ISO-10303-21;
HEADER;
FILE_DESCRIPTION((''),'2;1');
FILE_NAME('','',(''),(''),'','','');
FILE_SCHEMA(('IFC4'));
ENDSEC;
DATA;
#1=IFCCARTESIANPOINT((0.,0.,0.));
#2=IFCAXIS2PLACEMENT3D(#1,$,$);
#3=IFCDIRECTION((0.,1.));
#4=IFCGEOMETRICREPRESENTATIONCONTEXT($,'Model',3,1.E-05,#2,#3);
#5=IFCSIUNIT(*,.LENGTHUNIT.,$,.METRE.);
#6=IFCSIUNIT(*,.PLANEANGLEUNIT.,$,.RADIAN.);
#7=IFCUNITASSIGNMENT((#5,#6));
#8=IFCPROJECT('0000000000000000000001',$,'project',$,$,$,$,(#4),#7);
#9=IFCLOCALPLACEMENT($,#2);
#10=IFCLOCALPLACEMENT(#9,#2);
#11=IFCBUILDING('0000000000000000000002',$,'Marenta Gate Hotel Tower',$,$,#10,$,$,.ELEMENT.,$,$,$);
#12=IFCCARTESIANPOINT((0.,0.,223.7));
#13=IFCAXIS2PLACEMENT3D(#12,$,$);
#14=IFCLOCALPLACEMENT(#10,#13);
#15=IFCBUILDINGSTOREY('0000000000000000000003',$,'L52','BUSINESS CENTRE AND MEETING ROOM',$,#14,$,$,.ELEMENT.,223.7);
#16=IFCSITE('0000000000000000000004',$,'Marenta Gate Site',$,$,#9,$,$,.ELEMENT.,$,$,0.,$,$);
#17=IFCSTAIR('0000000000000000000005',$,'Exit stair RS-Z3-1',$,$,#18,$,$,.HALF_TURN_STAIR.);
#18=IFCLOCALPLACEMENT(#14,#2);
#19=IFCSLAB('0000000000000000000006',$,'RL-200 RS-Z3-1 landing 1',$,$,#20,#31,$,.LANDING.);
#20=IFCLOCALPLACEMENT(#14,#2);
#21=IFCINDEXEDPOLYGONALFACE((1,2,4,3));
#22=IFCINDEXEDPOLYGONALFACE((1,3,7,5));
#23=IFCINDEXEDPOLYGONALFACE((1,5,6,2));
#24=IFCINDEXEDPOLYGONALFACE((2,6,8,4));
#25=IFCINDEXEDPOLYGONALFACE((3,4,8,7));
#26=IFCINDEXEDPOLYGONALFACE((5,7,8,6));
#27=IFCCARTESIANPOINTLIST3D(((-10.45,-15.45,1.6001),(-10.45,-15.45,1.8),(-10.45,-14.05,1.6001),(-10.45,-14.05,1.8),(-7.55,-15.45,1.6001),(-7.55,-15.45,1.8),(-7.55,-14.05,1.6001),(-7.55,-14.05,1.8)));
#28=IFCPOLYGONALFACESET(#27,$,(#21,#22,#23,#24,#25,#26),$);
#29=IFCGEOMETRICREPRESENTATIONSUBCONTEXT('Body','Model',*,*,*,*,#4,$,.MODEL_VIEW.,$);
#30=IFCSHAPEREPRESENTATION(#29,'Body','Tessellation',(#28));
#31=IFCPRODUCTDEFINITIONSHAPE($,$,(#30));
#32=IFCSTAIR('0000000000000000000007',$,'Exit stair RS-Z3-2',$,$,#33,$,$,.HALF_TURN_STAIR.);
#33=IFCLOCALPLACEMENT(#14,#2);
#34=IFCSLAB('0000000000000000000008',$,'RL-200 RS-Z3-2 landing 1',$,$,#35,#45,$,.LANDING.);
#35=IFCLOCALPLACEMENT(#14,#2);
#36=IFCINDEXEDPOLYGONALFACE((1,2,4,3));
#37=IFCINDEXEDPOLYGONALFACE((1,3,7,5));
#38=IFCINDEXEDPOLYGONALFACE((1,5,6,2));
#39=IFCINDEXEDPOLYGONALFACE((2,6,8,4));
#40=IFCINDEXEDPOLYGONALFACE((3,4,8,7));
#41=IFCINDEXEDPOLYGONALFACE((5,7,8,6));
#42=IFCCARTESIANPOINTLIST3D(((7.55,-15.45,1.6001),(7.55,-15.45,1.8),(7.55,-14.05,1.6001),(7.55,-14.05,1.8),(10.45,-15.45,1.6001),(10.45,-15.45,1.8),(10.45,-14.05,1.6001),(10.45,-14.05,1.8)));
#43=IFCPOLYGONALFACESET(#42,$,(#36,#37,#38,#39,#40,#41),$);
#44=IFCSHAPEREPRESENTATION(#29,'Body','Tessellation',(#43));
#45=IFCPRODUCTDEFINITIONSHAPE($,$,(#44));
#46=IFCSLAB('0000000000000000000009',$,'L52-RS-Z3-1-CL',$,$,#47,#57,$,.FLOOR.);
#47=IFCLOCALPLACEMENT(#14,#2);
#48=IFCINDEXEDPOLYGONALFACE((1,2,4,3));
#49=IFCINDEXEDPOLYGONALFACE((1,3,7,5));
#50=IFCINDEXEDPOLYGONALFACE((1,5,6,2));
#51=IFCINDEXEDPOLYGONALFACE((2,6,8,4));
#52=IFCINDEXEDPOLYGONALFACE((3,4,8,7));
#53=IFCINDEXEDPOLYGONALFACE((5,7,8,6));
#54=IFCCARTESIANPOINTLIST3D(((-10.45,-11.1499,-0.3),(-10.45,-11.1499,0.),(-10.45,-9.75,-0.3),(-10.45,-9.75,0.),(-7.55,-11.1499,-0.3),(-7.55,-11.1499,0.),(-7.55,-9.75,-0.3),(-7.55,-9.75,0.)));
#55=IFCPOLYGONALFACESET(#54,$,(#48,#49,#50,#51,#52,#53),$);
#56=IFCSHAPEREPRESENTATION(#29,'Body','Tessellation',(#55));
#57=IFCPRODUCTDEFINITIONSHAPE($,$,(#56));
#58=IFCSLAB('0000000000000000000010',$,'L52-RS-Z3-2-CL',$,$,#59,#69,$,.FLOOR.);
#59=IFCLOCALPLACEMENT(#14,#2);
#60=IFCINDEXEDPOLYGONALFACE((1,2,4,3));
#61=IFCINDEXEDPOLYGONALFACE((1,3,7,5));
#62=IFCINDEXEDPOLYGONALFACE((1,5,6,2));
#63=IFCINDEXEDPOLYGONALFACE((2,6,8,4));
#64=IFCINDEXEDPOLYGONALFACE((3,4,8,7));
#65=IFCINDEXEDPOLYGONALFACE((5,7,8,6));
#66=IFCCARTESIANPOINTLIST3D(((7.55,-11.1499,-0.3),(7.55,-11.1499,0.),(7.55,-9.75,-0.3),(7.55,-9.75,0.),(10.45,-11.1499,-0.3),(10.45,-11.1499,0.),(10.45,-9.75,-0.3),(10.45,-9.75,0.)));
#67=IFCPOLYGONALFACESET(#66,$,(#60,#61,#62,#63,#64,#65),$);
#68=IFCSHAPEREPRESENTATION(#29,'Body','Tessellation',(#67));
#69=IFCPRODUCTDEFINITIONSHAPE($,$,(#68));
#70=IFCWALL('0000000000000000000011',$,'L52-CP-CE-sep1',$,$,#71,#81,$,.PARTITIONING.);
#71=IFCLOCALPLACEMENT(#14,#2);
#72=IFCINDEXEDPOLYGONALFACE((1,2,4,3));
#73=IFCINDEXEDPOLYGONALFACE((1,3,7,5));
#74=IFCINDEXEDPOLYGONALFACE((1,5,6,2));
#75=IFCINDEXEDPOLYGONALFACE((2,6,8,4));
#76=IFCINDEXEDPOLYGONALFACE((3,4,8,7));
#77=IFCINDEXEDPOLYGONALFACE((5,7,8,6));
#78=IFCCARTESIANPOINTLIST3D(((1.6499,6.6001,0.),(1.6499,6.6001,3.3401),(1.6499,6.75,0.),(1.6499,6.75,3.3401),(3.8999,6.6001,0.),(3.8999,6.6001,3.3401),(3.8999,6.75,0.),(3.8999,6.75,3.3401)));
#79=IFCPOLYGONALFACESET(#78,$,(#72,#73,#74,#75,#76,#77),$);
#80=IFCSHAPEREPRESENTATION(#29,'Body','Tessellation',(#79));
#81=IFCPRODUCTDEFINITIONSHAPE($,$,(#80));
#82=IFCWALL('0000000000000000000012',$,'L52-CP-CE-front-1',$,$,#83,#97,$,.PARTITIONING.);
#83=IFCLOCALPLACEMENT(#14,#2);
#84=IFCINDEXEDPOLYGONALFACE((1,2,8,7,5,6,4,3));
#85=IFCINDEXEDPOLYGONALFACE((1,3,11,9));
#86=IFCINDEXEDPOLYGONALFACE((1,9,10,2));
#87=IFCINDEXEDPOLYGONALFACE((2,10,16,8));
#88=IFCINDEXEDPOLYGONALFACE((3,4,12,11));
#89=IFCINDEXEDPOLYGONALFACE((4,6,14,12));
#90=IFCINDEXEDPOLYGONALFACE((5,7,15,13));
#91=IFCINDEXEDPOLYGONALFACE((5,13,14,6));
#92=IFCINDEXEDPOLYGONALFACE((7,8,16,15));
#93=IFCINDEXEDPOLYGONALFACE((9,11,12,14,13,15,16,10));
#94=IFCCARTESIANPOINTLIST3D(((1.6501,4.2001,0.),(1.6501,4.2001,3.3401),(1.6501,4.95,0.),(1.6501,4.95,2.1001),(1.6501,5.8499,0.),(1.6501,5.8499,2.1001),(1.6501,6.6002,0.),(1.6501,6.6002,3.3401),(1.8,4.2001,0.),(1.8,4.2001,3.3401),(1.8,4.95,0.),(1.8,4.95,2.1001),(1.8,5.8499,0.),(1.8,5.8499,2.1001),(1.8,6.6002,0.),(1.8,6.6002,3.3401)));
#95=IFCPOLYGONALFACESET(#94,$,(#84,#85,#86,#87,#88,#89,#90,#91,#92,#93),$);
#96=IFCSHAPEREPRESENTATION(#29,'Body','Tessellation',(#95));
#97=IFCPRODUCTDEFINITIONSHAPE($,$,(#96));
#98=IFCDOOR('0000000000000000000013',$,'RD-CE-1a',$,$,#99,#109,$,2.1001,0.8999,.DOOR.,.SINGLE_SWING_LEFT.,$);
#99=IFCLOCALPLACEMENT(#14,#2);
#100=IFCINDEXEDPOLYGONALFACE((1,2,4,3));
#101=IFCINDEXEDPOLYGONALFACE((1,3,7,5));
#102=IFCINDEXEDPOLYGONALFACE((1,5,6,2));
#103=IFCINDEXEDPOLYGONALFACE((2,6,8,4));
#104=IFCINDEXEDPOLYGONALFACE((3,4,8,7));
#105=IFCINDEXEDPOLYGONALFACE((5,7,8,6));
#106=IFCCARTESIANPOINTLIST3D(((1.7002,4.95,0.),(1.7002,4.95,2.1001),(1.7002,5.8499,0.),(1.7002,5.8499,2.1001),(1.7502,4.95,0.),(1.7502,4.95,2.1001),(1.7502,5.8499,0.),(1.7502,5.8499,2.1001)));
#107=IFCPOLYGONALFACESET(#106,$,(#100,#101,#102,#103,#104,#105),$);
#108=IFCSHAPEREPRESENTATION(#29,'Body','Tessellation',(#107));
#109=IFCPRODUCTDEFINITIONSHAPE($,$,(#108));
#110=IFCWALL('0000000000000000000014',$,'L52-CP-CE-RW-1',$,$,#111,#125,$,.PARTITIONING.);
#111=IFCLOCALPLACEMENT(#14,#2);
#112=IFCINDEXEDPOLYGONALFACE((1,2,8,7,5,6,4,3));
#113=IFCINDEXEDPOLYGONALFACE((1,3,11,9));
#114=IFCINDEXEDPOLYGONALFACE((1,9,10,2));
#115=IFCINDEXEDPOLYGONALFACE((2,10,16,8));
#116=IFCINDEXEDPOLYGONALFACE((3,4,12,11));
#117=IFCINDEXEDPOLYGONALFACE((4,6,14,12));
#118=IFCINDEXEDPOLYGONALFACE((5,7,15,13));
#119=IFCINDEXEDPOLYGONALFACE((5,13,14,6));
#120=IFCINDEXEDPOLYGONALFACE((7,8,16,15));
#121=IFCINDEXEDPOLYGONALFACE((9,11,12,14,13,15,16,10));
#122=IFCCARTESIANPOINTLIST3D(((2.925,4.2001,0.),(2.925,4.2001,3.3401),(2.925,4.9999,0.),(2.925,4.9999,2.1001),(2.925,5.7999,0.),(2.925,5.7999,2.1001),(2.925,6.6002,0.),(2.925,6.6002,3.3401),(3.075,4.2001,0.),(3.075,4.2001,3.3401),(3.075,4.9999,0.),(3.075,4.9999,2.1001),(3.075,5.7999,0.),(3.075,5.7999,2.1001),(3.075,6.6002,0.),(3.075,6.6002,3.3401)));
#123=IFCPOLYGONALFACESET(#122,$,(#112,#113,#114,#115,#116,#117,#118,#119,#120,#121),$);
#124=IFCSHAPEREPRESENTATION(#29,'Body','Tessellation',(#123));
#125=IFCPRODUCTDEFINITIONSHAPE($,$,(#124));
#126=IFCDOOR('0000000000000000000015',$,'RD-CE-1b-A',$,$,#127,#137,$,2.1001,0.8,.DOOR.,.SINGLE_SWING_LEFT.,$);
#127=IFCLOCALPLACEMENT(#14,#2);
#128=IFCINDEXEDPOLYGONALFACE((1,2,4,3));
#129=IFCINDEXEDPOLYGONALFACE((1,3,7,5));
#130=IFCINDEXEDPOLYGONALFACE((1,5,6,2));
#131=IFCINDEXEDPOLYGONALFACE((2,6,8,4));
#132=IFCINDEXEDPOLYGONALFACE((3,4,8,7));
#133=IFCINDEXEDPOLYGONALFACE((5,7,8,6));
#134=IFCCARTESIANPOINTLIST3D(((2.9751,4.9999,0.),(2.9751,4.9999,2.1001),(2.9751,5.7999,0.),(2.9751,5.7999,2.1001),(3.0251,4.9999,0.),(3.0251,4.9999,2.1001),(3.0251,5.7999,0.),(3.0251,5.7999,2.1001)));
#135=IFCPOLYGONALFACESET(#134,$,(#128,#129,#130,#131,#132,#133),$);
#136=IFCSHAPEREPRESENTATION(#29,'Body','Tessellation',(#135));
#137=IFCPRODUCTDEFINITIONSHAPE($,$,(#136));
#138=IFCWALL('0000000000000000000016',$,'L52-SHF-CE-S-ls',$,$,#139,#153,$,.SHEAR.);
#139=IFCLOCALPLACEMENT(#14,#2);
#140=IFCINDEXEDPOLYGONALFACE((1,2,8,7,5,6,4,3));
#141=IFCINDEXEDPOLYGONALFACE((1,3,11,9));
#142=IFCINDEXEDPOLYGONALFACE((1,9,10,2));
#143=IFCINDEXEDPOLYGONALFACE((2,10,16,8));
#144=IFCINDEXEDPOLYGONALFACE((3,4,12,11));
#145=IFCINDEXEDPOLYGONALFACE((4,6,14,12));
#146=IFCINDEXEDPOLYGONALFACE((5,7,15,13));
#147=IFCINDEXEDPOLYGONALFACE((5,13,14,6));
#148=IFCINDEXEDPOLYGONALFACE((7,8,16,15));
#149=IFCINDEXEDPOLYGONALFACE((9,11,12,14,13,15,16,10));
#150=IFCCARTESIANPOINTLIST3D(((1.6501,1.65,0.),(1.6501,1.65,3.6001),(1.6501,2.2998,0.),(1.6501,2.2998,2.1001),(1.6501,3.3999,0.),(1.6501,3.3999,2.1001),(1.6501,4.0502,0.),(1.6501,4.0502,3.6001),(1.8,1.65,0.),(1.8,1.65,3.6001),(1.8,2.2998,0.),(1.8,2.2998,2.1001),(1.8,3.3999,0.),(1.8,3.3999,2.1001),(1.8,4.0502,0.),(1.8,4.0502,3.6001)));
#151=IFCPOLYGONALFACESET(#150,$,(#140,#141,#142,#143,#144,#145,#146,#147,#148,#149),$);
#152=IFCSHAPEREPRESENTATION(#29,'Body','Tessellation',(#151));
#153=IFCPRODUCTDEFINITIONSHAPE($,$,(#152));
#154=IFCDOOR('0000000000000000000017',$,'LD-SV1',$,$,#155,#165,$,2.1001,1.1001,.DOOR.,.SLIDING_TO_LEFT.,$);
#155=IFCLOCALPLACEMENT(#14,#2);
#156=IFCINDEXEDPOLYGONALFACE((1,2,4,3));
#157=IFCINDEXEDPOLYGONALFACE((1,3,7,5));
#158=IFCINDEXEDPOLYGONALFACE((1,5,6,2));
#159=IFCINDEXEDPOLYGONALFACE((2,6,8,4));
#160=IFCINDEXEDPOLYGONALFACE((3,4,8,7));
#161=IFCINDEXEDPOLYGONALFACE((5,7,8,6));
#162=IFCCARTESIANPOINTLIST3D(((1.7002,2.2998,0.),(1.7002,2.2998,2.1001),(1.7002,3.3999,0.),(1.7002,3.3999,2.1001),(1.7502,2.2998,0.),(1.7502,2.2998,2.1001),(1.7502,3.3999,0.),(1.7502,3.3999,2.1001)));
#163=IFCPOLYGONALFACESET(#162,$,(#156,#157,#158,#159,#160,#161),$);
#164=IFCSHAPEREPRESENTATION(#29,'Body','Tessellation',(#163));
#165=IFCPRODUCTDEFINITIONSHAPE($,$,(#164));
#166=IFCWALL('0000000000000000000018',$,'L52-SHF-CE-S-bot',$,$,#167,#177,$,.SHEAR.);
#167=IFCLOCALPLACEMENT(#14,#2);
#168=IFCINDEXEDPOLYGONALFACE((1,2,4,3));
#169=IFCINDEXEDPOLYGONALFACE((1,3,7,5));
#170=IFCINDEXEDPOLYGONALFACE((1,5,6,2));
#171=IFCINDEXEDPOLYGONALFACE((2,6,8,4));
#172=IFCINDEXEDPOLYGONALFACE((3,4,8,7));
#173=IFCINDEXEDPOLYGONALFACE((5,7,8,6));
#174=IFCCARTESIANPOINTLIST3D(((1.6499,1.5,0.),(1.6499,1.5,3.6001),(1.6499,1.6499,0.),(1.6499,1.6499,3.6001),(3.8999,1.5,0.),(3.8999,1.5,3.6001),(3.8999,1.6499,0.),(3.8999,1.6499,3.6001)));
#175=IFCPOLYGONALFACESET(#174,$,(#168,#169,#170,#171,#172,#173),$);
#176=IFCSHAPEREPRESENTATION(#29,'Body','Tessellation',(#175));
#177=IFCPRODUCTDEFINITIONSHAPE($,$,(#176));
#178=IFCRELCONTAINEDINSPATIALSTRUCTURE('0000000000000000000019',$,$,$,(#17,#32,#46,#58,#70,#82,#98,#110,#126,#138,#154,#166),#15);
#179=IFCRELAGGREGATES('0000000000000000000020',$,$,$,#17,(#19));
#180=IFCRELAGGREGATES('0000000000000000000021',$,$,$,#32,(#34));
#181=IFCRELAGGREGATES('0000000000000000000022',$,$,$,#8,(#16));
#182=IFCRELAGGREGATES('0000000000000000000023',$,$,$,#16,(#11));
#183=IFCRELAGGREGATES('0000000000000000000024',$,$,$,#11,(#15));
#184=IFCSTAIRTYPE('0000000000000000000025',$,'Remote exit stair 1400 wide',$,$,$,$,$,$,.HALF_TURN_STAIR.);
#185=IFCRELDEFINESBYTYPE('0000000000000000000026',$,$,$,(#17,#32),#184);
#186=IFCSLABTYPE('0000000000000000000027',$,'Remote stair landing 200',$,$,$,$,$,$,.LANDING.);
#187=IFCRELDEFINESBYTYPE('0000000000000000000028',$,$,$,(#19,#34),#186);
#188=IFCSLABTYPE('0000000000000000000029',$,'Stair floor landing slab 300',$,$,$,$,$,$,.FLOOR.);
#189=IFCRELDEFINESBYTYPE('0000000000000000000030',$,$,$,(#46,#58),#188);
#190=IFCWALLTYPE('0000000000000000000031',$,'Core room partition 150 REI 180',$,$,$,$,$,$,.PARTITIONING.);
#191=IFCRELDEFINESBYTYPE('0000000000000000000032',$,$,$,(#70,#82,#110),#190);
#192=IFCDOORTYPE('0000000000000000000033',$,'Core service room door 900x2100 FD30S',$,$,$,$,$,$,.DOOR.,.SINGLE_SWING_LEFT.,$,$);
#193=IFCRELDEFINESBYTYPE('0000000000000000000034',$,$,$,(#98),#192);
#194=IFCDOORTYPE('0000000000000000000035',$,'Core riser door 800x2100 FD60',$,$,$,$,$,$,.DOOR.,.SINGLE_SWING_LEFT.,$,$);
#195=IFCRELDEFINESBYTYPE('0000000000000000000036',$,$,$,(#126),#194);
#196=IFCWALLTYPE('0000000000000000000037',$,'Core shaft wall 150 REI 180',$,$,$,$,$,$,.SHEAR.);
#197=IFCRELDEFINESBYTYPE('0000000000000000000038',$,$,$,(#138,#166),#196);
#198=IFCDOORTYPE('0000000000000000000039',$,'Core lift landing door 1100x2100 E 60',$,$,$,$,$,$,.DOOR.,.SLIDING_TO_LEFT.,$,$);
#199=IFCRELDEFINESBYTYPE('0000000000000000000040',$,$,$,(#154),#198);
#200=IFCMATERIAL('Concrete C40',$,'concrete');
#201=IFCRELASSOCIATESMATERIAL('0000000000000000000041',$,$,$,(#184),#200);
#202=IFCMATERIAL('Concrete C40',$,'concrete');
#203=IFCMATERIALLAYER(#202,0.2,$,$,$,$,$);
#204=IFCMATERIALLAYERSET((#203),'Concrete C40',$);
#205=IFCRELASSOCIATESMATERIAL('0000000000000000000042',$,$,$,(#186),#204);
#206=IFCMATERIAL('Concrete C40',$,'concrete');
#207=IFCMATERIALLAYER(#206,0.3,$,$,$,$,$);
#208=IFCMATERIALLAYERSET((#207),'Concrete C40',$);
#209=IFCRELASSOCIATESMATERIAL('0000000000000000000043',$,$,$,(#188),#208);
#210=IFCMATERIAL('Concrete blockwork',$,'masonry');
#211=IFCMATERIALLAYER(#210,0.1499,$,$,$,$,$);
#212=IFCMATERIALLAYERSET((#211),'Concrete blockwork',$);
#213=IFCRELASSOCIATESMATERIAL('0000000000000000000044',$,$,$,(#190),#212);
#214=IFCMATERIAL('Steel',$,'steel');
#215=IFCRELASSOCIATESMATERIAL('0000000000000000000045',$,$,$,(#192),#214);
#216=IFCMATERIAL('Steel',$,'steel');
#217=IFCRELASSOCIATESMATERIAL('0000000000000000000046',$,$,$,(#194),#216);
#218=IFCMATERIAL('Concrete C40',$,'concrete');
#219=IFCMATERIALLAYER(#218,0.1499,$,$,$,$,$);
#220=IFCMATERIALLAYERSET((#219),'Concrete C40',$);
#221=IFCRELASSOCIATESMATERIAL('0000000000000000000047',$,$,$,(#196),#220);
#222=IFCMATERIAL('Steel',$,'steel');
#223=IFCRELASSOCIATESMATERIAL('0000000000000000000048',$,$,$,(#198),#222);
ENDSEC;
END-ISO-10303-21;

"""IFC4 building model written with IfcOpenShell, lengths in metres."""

from ifc_helpers import new_model, si_unit, direction, frame, frame_2d, origin, place, context, subcontext, project, spatial, polyline, rectangle, outline, extrude, material, layer, layer_set, type_object, element, fill, aggregate, save


model = new_model("IFC4")

# Units and contexts
model_context = context("Model", 3, precision=1e-05, world=origin(), true_north=direction((0.0, 1.0)))
body_context = subcontext(model_context, "Body", "Model", "MODEL_VIEW")
ifc_project = project(units=[si_unit("LENGTHUNIT", "METRE"), si_unit("PLANEANGLEUNIT", "RADIAN")], contexts=[model_context])

# Site, building, storey
site_placement = place(None, origin())
site = spatial("IfcSite", under=ifc_project, at=site_placement, Name="Marenta Gate Site", CompositionType="ELEMENT", RefElevation=0.0)
building_placement = place(site_placement, origin())
building = spatial("IfcBuilding", under=site, at=building_placement, Name="Marenta Gate Hotel Tower", CompositionType="ELEMENT")
storey_placement = place(building_placement, frame((0.0, 0.0, 223.7)))
storey = spatial("IfcBuildingStorey", under=building, at=storey_placement, Name="L52", Description="BUSINESS CENTRE AND MEETING ROOM", CompositionType="ELEMENT", Elevation=223.7)

# Stairs, slabs
ifc_material_1 = material(Name="Concrete C40", Category="concrete")
stair_type_1 = type_object("IfcStairType", Name="Remote exit stair 1400 wide", PredefinedType="HALF_TURN_STAIR", material=ifc_material_1)
stair_1_placement = place(storey_placement, origin())
stair_1 = element("IfcStair", 1, at=stair_1_placement, inside=storey, type_object=stair_type_1, Name="Exit stair RS-Z3-1", PredefinedType="HALF_TURN_STAIR")
ifc_material_2 = material(Name="Concrete C40", Category="concrete")
ifc_layer_1 = layer(ifc_material_2, 0.2)
ifc_layer_set_1 = layer_set([ifc_layer_1], Name="Concrete C40")
slab_type_1 = type_object("IfcSlabType", Name="Remote stair landing 200", PredefinedType="LANDING", material=ifc_layer_set_1)
slab_1_placement = place(storey_placement, frame((0.0, 0.0, 1.6001)))
slab_1 = element("IfcSlab", 2, at=slab_1_placement, type_object=slab_type_1, Name="RL-200 RS-Z3-1 landing 1", PredefinedType="LANDING", context=body_context, shape_type="SweptSolid", body=[
    extrude(outline(polyline([(-10.45, -15.45), (-7.55, -15.45), (-7.55, -14.05), (-10.45, -14.05), (-10.45, -15.45)])), origin(), (0.0, 0.0, 1.0), 0.2),
])
aggregate(stair_1, [slab_1])
stair_2_placement = place(storey_placement, origin())
stair_2 = element("IfcStair", 3, at=stair_2_placement, inside=storey, type_object=stair_type_1, Name="Exit stair RS-Z3-2", PredefinedType="HALF_TURN_STAIR")
slab_2_placement = place(storey_placement, frame((0.0, 0.0, 1.6001)))
slab_2 = element("IfcSlab", 4, at=slab_2_placement, type_object=slab_type_1, Name="RL-200 RS-Z3-2 landing 1", PredefinedType="LANDING", context=body_context, shape_type="SweptSolid", body=[
    extrude(outline(polyline([(7.55, -15.45), (10.45, -15.45), (10.45, -14.05), (7.55, -14.05), (7.55, -15.45)])), origin(), (0.0, 0.0, 1.0), 0.2),
])
aggregate(stair_2, [slab_2])

# Slabs
ifc_material_3 = material(Name="Concrete C40", Category="concrete")
ifc_layer_2 = layer(ifc_material_3, 0.3)
ifc_layer_set_2 = layer_set([ifc_layer_2], Name="Concrete C40")
slab_type_2 = type_object("IfcSlabType", Name="Stair floor landing slab 300", PredefinedType="FLOOR", material=ifc_layer_set_2)
slab_3_placement = place(storey_placement, frame((0.0, 0.0, -0.3)))
element("IfcSlab", 5, at=slab_3_placement, inside=storey, type_object=slab_type_2, Name="L52-RS-Z3-1-CL", PredefinedType="FLOOR", context=body_context, shape_type="SweptSolid", body=[
    extrude(outline(polyline([(-7.55, -11.1499), (-7.55, -9.75), (-10.45, -9.75), (-10.45, -11.1499), (-7.55, -11.1499)])), origin(), (0.0, 0.0, 1.0), 0.3),
])
slab_4_placement = place(storey_placement, frame((0.0, 0.0, -0.3)))
element("IfcSlab", 6, at=slab_4_placement, inside=storey, type_object=slab_type_2, Name="L52-RS-Z3-2-CL", PredefinedType="FLOOR", context=body_context, shape_type="SweptSolid", body=[
    extrude(outline(polyline([(10.45, -11.1499), (10.45, -9.75), (7.55, -9.75), (7.55, -11.1499), (10.45, -11.1499)])), origin(), (0.0, 0.0, 1.0), 0.3),
])

# Wall
ifc_material_4 = material(Name="Concrete blockwork", Category="masonry")
ifc_layer_3 = layer(ifc_material_4, 0.1499)
ifc_layer_set_3 = layer_set([ifc_layer_3], Name="Concrete blockwork")
wall_type_1 = type_object("IfcWallType", Name="Core room partition 150 REI 180", PredefinedType="PARTITIONING", material=ifc_layer_set_3)
wall_1_placement = place(storey_placement, frame((1.6499, 6.675, 0.0), z_axis=(0.0, 0.0, 1.0), x_axis=(1.0, 0.0, 0.0)))
element("IfcWall", 7, at=wall_1_placement, inside=storey, type_object=wall_type_1, Name="L52-CP-CE-sep1", PredefinedType="PARTITIONING", context=body_context, shape_type="SweptSolid", body=[
    extrude(rectangle(XDim=2.25, YDim=0.1499, at=frame_2d((1.125, 0.0))), origin(), (0.0, 0.0, 1.0), 3.3401),
])

# Walls, openings, doors
wall_2_placement = place(storey_placement, frame((1.7251, 4.2, 0.0), z_axis=(0.0, 0.0, 1.0), x_axis=(0.0, 1.0, 0.0)))
wall_2 = element("IfcWall", 8, at=wall_2_placement, inside=storey, type_object=wall_type_1, Name="L52-CP-CE-front-1", PredefinedType="PARTITIONING", context=body_context, shape_type="SweptSolid", body=[
    extrude(rectangle(XDim=2.4001, YDim=0.1499, at=frame_2d((1.2002, 0.0))), origin(), (0.0, 0.0, 1.0), 3.3401),
])
opening_1_placement = place(wall_2_placement, frame((0.75, 0.0, 0.0)))
opening_1 = element("IfcOpeningElement", 9, at=opening_1_placement, cuts=wall_2, PredefinedType="OPENING", context=body_context, shape_type="SweptSolid", body=[
    extrude(rectangle(XDim=0.8999, YDim=2.1001, at=frame_2d((0.45, 1.05))), frame((0.0, 0.075, 0.0), z_axis=(0.0, -1.0, 0.0), x_axis=(1.0, 0.0, 0.0)), (0.0, 0.0, 1.0), 0.1499),
])
ifc_material_5 = material(Name="Steel", Category="steel")
door_type_1 = type_object("IfcDoorType", Name="Core service room door 900x2100 FD30S", OperationType="SINGLE_SWING_LEFT", PredefinedType="DOOR", material=ifc_material_5)
door_1_placement = place(opening_1_placement, origin())
door_1 = element("IfcDoor", 10, at=door_1_placement, inside=storey, type_object=door_type_1, Name="RD-CE-1a", OperationType="SINGLE_SWING_LEFT", OverallHeight=2.1001, OverallWidth=0.8999, PredefinedType="DOOR", context=body_context, shape_type="SweptSolid", body=[
    extrude(rectangle(XDim=0.8999, YDim=2.1001, at=frame_2d((0.45, 1.05))), frame((0.0, 0.0249, 0.0), z_axis=(0.0, -1.0, 0.0), x_axis=(1.0, 0.0, 0.0)), (0.0, 0.0, 1.0), 0.05),
])
fill(opening_1, door_1)
wall_3_placement = place(storey_placement, frame((3.0, 4.2, 0.0), z_axis=(0.0, 0.0, 1.0), x_axis=(0.0, 1.0, 0.0)))
wall_3 = element("IfcWall", 11, at=wall_3_placement, inside=storey, type_object=wall_type_1, Name="L52-CP-CE-RW-1", PredefinedType="PARTITIONING", context=body_context, shape_type="SweptSolid", body=[
    extrude(rectangle(XDim=2.4001, YDim=0.1499, at=frame_2d((1.2002, 0.0))), origin(), (0.0, 0.0, 1.0), 3.3401),
])
opening_2_placement = place(wall_3_placement, frame((0.8, 0.0, 0.0)))
opening_2 = element("IfcOpeningElement", 12, at=opening_2_placement, cuts=wall_3, PredefinedType="OPENING", context=body_context, shape_type="SweptSolid", body=[
    extrude(rectangle(XDim=0.8, YDim=2.1001, at=frame_2d((0.3999, 1.05))), frame((0.0, 0.075, 0.0), z_axis=(0.0, -1.0, 0.0), x_axis=(1.0, 0.0, 0.0)), (0.0, 0.0, 1.0), 0.1499),
])
ifc_material_6 = material(Name="Steel", Category="steel")
door_type_2 = type_object("IfcDoorType", Name="Core riser door 800x2100 FD60", OperationType="SINGLE_SWING_LEFT", PredefinedType="DOOR", material=ifc_material_6)
door_2_placement = place(opening_2_placement, origin())
door_2 = element("IfcDoor", 13, at=door_2_placement, inside=storey, type_object=door_type_2, Name="RD-CE-1b-A", OperationType="SINGLE_SWING_LEFT", OverallHeight=2.1001, OverallWidth=0.8, PredefinedType="DOOR", context=body_context, shape_type="SweptSolid", body=[
    extrude(rectangle(XDim=0.8, YDim=2.1001, at=frame_2d((0.3999, 1.05))), frame((0.0, 0.0249, 0.0), z_axis=(0.0, -1.0, 0.0), x_axis=(1.0, 0.0, 0.0)), (0.0, 0.0, 1.0), 0.05),
])
fill(opening_2, door_2)
ifc_material_7 = material(Name="Concrete C40", Category="concrete")
ifc_layer_4 = layer(ifc_material_7, 0.1499)
ifc_layer_set_4 = layer_set([ifc_layer_4], Name="Concrete C40")
wall_type_2 = type_object("IfcWallType", Name="Core shaft wall 150 REI 180", PredefinedType="SHEAR", material=ifc_layer_set_4)
wall_4_placement = place(storey_placement, frame((1.7251, 1.6499, 0.0), z_axis=(0.0, 0.0, 1.0), x_axis=(0.0, 1.0, 0.0)))
wall_4 = element("IfcWall", 14, at=wall_4_placement, inside=storey, type_object=wall_type_2, Name="L52-SHF-CE-S-ls", PredefinedType="SHEAR", context=body_context, shape_type="SweptSolid", body=[
    extrude(rectangle(XDim=2.4001, YDim=0.1499, at=frame_2d((1.2002, 0.0))), origin(), (0.0, 0.0, 1.0), 3.6001),
])
opening_3_placement = place(wall_4_placement, frame((0.6499, 0.0, 0.0)))
opening_3 = element("IfcOpeningElement", 15, at=opening_3_placement, cuts=wall_4, PredefinedType="OPENING", context=body_context, shape_type="SweptSolid", body=[
    extrude(rectangle(XDim=1.1001, YDim=2.1001, at=frame_2d((0.55, 1.05))), frame((0.0, 0.075, 0.0), z_axis=(0.0, -1.0, 0.0), x_axis=(1.0, 0.0, 0.0)), (0.0, 0.0, 1.0), 0.1499),
])
ifc_material_8 = material(Name="Steel", Category="steel")
door_type_3 = type_object("IfcDoorType", Name="Core lift landing door 1100x2100 E 60", OperationType="SLIDING_TO_LEFT", PredefinedType="DOOR", material=ifc_material_8)
door_3_placement = place(opening_3_placement, origin())
door_3 = element("IfcDoor", 16, at=door_3_placement, inside=storey, type_object=door_type_3, Name="LD-SV1", OperationType="SLIDING_TO_LEFT", OverallHeight=2.1001, OverallWidth=1.1001, PredefinedType="DOOR", context=body_context, shape_type="SweptSolid", body=[
    extrude(rectangle(XDim=1.1001, YDim=2.1001, at=frame_2d((0.55, 1.05))), frame((0.0, 0.0249, 0.0), z_axis=(0.0, -1.0, 0.0), x_axis=(1.0, 0.0, 0.0)), (0.0, 0.0, 1.0), 0.05),
])
fill(opening_3, door_3)

# Wall
wall_5_placement = place(storey_placement, frame((1.6499, 1.575, 0.0), z_axis=(0.0, 0.0, 1.0), x_axis=(1.0, 0.0, 0.0)))
element("IfcWall", 17, at=wall_5_placement, inside=storey, type_object=wall_type_2, Name="L52-SHF-CE-S-bot", PredefinedType="SHEAR", context=body_context, shape_type="SweptSolid", body=[
    extrude(rectangle(XDim=2.25, YDim=0.1499, at=frame_2d((1.125, 0.0))), origin(), (0.0, 0.0, 1.0), 3.6001),
])

save(model, "model.ifc")
